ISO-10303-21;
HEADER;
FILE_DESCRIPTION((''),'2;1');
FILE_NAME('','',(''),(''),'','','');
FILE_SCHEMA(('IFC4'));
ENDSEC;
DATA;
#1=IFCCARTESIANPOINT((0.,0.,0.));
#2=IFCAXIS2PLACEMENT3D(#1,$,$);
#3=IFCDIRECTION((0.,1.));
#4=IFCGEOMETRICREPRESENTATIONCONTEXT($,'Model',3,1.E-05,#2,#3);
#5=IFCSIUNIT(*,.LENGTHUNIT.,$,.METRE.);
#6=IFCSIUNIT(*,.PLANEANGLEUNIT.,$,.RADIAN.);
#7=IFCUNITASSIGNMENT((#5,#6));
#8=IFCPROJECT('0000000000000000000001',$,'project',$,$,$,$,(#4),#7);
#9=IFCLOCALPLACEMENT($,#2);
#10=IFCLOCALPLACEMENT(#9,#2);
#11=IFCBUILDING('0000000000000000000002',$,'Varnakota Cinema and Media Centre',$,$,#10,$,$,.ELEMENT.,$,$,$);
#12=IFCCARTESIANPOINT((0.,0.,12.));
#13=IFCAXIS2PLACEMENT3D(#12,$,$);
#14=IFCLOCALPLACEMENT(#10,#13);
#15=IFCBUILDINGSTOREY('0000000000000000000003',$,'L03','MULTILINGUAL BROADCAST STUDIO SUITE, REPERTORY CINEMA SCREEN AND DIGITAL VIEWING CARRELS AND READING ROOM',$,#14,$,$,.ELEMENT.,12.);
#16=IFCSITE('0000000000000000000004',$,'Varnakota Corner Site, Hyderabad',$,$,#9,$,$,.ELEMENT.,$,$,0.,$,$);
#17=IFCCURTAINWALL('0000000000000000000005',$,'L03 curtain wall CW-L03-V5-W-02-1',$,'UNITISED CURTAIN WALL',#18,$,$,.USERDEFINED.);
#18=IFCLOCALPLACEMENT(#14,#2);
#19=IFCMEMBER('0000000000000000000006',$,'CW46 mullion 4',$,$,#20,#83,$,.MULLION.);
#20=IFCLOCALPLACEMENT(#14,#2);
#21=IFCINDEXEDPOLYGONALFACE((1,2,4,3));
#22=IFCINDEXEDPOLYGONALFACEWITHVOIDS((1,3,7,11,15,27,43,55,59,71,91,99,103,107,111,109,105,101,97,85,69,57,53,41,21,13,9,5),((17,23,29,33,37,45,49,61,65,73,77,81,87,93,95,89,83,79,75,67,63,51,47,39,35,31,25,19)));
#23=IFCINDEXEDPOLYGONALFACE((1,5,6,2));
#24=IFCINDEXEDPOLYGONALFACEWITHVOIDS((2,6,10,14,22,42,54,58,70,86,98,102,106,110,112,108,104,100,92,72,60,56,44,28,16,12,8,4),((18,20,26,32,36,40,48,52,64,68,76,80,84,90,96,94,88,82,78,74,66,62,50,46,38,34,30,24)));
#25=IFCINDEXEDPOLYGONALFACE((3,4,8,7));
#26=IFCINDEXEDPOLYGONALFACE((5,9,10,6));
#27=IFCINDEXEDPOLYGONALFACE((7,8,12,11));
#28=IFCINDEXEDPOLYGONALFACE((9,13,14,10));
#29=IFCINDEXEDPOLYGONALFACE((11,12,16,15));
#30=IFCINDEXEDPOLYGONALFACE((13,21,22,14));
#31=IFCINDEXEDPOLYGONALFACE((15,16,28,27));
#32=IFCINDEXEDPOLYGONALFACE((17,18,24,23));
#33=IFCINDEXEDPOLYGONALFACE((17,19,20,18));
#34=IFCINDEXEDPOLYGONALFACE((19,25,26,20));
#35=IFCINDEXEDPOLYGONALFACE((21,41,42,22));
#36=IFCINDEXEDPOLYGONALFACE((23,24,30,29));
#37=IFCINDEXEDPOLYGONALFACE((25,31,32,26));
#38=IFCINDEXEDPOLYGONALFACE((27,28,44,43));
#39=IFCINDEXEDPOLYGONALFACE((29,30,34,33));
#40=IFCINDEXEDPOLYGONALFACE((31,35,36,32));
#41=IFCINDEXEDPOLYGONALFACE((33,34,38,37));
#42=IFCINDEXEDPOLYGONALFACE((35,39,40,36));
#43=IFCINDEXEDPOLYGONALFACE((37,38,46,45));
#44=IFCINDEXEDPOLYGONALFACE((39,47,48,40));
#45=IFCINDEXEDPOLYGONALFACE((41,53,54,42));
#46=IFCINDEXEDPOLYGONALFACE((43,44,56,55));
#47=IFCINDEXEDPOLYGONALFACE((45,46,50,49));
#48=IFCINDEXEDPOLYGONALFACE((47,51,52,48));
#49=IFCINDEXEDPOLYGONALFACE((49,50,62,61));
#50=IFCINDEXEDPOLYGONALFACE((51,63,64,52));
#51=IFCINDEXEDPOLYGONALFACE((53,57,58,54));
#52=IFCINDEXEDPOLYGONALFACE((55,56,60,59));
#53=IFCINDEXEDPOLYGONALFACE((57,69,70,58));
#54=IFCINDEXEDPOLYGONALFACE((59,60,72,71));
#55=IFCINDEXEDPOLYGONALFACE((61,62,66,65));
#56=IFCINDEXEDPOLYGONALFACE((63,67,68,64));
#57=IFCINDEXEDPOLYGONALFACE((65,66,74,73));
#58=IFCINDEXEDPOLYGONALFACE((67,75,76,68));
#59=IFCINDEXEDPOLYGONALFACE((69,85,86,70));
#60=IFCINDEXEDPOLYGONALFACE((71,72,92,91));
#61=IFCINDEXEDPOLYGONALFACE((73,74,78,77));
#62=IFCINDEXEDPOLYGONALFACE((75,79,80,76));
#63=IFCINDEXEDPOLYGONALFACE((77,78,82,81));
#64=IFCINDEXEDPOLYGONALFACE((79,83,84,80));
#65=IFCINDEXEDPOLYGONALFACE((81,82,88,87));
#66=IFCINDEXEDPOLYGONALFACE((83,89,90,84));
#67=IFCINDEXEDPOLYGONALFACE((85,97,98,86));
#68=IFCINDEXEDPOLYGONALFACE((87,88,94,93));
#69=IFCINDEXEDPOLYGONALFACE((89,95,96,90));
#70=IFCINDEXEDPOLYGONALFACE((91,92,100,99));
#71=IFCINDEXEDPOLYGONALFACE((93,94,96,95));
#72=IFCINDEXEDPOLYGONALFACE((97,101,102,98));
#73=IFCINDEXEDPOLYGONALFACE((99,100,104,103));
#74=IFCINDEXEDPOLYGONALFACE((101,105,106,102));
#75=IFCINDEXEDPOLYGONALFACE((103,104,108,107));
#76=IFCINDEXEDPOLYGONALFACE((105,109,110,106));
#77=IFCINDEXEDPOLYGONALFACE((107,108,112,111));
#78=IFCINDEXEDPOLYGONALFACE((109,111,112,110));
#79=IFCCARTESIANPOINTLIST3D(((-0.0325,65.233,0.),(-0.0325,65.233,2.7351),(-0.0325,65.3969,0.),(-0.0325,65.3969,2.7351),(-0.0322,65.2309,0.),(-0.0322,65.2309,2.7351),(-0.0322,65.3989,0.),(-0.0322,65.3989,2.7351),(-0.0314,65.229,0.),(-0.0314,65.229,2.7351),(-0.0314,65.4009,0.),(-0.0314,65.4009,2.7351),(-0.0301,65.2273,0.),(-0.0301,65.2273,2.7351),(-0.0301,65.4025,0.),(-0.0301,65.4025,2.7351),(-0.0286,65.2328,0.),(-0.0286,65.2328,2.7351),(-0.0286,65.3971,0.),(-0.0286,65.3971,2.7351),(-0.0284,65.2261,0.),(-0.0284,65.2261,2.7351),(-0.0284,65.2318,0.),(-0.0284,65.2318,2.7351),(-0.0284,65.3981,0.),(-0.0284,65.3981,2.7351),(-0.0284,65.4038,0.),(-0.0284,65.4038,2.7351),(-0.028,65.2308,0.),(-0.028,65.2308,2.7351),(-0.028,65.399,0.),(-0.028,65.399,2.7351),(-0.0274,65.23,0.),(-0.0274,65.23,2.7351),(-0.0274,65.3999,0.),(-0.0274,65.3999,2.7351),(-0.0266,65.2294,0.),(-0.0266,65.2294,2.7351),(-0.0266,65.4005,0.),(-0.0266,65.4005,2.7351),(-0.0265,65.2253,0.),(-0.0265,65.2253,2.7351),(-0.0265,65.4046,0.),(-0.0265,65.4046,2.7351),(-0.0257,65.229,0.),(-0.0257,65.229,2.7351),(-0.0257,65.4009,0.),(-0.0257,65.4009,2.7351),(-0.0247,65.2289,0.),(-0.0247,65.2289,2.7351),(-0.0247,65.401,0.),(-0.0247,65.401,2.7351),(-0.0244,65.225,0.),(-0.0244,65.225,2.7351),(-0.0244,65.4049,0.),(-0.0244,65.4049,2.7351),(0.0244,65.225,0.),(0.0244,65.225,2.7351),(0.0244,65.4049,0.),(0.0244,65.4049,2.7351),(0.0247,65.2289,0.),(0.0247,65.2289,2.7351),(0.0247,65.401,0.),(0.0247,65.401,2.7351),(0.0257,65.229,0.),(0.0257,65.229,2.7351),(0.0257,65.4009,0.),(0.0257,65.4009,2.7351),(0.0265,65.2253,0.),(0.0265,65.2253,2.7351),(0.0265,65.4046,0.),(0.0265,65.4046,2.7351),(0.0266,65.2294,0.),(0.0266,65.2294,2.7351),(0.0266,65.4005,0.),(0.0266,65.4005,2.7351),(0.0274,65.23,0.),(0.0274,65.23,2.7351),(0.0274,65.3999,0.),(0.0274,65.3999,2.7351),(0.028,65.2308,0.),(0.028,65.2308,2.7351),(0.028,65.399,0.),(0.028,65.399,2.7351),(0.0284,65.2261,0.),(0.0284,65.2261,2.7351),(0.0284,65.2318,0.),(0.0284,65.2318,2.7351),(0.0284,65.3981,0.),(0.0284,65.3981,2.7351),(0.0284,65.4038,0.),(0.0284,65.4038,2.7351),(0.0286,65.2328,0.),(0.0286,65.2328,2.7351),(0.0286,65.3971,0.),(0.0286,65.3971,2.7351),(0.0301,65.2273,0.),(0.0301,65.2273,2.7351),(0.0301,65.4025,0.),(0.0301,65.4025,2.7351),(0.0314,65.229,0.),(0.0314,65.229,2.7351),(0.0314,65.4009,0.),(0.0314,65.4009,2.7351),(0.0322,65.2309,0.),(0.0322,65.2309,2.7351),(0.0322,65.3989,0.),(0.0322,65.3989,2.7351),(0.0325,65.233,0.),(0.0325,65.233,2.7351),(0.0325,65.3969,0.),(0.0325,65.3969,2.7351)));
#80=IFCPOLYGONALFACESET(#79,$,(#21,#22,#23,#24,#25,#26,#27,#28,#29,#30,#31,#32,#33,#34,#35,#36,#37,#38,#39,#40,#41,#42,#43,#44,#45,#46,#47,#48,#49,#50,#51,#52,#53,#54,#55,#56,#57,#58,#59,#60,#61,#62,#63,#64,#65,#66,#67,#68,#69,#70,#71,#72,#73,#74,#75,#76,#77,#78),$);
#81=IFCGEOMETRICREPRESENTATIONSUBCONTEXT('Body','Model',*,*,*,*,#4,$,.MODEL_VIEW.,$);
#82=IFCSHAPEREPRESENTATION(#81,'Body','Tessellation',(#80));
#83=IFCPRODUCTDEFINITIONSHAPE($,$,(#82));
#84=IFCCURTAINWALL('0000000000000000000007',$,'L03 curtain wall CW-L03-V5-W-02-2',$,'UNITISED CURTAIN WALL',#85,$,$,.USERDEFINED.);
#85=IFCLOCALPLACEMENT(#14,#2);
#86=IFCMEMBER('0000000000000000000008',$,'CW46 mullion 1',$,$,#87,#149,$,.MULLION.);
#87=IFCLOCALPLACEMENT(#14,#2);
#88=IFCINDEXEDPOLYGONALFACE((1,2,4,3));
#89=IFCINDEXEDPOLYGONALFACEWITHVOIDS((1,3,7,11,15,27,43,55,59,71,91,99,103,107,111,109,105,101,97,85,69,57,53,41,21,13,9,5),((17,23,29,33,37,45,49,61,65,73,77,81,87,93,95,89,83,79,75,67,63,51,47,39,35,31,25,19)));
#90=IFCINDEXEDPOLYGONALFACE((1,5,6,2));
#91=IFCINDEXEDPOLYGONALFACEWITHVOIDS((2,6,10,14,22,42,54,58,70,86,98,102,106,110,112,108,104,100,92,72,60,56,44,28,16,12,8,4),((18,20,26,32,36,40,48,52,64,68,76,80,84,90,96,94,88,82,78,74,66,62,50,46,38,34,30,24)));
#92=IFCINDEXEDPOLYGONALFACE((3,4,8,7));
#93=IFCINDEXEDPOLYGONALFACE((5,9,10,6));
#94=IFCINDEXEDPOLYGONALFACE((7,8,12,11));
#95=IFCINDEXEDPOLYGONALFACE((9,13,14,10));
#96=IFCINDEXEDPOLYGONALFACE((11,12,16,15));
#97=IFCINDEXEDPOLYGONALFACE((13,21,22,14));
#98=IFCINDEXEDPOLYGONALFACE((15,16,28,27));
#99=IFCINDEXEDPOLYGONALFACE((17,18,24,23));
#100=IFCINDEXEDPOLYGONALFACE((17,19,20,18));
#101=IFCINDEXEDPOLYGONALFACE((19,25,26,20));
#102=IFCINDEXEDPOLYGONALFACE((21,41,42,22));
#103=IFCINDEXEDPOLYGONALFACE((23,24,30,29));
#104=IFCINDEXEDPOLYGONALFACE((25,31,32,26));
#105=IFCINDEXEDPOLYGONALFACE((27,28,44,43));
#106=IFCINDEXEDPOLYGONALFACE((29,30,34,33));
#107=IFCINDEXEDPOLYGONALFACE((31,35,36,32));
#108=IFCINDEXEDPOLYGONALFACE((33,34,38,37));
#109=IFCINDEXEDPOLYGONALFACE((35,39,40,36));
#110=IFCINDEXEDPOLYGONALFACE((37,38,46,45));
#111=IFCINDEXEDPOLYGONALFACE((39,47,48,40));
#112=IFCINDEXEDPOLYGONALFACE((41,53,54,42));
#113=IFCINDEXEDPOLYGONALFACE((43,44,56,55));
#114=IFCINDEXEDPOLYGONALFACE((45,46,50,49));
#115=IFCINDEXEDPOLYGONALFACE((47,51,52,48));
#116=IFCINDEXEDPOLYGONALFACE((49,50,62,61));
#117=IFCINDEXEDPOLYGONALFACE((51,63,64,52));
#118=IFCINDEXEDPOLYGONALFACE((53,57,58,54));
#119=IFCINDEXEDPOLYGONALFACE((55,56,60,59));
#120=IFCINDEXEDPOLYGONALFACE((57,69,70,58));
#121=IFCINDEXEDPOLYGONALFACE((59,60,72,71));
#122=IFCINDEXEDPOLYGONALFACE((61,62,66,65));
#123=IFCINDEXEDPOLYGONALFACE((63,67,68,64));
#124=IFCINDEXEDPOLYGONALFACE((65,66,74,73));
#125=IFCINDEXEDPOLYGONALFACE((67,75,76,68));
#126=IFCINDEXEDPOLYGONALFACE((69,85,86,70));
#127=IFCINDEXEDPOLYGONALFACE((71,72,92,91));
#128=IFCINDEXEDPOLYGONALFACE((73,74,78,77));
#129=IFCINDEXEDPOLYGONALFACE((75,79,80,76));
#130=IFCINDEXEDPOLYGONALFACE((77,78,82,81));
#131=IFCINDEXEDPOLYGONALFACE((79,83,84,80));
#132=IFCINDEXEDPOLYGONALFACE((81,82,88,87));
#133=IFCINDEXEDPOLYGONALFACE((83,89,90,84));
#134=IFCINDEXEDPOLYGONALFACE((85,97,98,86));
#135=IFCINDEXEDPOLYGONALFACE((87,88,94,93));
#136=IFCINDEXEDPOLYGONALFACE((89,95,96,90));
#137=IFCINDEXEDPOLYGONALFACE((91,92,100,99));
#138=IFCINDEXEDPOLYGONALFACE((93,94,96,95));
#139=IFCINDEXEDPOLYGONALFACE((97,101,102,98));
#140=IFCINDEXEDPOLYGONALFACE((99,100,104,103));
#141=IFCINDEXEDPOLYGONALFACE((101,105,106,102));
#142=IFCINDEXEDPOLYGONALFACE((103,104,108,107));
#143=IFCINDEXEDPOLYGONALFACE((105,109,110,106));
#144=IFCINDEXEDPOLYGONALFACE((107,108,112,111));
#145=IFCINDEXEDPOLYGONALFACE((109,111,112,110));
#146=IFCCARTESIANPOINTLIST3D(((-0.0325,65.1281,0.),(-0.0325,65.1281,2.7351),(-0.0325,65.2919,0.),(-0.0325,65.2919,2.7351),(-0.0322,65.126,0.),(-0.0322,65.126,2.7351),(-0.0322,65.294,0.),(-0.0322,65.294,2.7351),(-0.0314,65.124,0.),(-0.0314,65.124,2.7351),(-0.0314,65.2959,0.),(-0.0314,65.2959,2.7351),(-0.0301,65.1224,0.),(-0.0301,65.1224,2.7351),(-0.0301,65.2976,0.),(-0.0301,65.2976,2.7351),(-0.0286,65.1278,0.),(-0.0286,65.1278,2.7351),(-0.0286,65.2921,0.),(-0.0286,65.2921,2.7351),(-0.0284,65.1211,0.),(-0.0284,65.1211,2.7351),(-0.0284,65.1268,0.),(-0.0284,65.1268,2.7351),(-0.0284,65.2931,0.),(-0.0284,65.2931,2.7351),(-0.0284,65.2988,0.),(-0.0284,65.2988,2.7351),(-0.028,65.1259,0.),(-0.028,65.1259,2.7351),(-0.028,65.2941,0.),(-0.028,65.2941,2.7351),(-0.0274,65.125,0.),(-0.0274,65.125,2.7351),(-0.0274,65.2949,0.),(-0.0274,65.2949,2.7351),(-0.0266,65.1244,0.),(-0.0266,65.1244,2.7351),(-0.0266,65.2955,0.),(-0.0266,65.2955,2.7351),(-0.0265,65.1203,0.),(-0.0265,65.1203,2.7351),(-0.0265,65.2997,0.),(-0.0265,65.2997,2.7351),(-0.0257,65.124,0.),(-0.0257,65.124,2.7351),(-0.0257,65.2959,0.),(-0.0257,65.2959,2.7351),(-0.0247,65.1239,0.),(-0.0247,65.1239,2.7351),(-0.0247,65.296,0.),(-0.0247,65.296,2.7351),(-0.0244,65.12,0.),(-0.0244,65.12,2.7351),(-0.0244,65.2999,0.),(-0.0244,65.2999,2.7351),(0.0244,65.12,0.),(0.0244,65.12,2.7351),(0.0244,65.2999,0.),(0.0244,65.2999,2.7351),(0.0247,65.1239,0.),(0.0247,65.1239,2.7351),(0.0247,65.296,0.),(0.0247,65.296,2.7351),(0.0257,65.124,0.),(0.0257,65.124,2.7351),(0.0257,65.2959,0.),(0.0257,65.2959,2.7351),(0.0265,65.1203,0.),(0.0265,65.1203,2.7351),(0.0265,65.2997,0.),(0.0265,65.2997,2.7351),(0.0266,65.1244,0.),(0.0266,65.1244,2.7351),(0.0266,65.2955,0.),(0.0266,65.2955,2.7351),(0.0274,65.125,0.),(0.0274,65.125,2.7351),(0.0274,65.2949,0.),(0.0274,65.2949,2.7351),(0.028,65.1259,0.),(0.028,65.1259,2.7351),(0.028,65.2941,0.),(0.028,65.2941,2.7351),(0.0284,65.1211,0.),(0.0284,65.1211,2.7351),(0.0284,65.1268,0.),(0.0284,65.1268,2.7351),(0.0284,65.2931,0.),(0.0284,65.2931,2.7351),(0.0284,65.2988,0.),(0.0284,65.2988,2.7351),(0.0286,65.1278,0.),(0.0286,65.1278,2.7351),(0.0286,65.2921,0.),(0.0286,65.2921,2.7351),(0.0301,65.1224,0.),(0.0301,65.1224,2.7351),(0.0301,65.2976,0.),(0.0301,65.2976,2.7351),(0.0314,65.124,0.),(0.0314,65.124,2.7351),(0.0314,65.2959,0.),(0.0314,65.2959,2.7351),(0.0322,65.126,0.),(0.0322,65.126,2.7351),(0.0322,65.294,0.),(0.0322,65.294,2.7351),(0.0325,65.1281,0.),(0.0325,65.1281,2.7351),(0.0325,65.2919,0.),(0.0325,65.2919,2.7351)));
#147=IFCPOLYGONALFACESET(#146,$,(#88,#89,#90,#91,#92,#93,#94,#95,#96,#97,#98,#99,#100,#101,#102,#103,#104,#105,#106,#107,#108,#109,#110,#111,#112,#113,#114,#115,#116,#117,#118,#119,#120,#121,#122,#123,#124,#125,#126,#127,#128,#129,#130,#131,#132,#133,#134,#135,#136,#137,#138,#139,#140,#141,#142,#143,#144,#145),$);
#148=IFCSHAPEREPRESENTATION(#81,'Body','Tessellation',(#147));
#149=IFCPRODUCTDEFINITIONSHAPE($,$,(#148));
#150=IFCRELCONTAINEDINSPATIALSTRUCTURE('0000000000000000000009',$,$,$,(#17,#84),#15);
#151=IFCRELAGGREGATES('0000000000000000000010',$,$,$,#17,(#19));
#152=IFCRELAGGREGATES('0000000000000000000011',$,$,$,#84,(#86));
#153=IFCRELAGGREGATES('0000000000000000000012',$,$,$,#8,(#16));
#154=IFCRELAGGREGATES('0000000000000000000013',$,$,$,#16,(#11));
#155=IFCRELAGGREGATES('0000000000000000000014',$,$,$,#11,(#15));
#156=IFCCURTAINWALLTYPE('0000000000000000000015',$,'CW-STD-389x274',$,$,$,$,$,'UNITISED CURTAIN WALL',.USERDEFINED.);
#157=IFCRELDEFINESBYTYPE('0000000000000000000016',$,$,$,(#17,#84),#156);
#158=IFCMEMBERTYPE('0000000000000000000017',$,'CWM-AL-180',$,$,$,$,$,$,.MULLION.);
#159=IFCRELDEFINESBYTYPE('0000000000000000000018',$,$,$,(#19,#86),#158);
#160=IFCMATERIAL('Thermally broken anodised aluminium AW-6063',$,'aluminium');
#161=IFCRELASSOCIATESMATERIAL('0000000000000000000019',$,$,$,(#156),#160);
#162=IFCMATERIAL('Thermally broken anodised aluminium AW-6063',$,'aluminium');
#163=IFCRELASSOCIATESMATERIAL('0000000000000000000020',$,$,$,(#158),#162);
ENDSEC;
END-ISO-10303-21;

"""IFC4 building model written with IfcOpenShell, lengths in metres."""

from ifc_helpers import new_model, si_unit, direction, frame, origin, origin_2d, place, context, subcontext, project, spatial, hollow_rectangle, extrude, material, material_profile, profile_set, type_object, element, aggregate, save


model = new_model("IFC4")

# Units and contexts
model_context = context("Model", 3, precision=1e-05, world=origin(), true_north=direction((0.0, 1.0)))
body_context = subcontext(model_context, "Body", "Model", "MODEL_VIEW")
ifc_project = project(units=[si_unit("LENGTHUNIT", "METRE"), si_unit("PLANEANGLEUNIT", "RADIAN")], contexts=[model_context])

# Site, building, storey
site_placement = place(None, origin())
site = spatial("IfcSite", under=ifc_project, at=site_placement, Name="Varnakota Corner Site, Hyderabad", CompositionType="ELEMENT", RefElevation=0.0)
building_placement = place(site_placement, origin())
building = spatial("IfcBuilding", under=site, at=building_placement, Name="Varnakota Cinema and Media Centre", CompositionType="ELEMENT")
storey_placement = place(building_placement, frame((0.0, 0.0, 12.0)))
storey = spatial("IfcBuildingStorey", under=building, at=storey_placement, Name="L03", Description="MULTILINGUAL BROADCAST STUDIO SUITE, REPERTORY CINEMA SCREEN AND DIGITAL VIEWING CARRELS AND READING ROOM", CompositionType="ELEMENT", Elevation=12.0)

# Curtain wall, member
ifc_material_1 = material(Name="Thermally broken anodised aluminium AW-6063", Category="aluminium")
curtain_wall_type = type_object("IfcCurtainWallType", Name="CW-STD-389x274", ElementType="UNITISED CURTAIN WALL", PredefinedType="USERDEFINED", material=ifc_material_1)
curtain_wall_1_placement = place(storey_placement, origin())
curtain_wall_1 = element("IfcCurtainWall", 1, at=curtain_wall_1_placement, inside=storey, type_object=curtain_wall_type, Name="L03 curtain wall CW-L03-V5-W-02-1", ObjectType="UNITISED CURTAIN WALL", PredefinedType="USERDEFINED")
ifc_material_2 = material(Name="Thermally broken anodised aluminium AW-6063", Category="aluminium")
ifc_material_profile_1 = material_profile(ifc_material_2, hollow_rectangle(XDim=0.0649, YDim=0.1799, WallThickness=0.0039, InnerFilletRadius=0.0039, OuterFilletRadius=0.0081, at=origin_2d()), Name="AL-MULLION 180x65x4")
ifc_profile_set_1 = profile_set([ifc_material_profile_1], Name="Thermally broken anodised aluminium AW-6063")
member_type_1 = type_object("IfcMemberType", Name="CWM-AL-180", PredefinedType="MULLION", material=ifc_profile_set_1)
member_1_placement = place(storey_placement, frame((0.0, 65.3149, 0.0), z_axis=(0.0, 0.0, 1.0), x_axis=(1.0, 0.0, 0.0)))
member_1 = element("IfcMember", 2, at=member_1_placement, type_object=member_type_1, Name="CW46 mullion 4", PredefinedType="MULLION", context=body_context, shape_type="SweptSolid", body=[
    extrude(hollow_rectangle(XDim=0.0649, YDim=0.1799, WallThickness=0.0039, InnerFilletRadius=0.0039, OuterFilletRadius=0.0081, at=origin_2d()), origin(), (0.0, 0.0, 1.0), 2.7351),
])

# Curtain wall, member
curtain_wall_2_placement = place(storey_placement, origin())
curtain_wall_2 = element("IfcCurtainWall", 3, at=curtain_wall_2_placement, inside=storey, type_object=curtain_wall_type, Name="L03 curtain wall CW-L03-V5-W-02-2", ObjectType="UNITISED CURTAIN WALL", PredefinedType="USERDEFINED")
member_2_placement = place(storey_placement, frame((0.0, 65.21, 0.0), z_axis=(0.0, 0.0, 1.0), x_axis=(1.0, 0.0, 0.0)))
member_2 = element("IfcMember", 4, at=member_2_placement, type_object=member_type_1, Name="CW46 mullion 1", PredefinedType="MULLION", context=body_context, shape_type="SweptSolid", body=[
    extrude(hollow_rectangle(XDim=0.0649, YDim=0.1799, WallThickness=0.0039, InnerFilletRadius=0.0039, OuterFilletRadius=0.0081, at=origin_2d()), origin(), (0.0, 0.0, 1.0), 2.7351),
])

aggregate(curtain_wall_1, [member_1])
aggregate(curtain_wall_2, [member_2])

save(model, "model.ifc")
